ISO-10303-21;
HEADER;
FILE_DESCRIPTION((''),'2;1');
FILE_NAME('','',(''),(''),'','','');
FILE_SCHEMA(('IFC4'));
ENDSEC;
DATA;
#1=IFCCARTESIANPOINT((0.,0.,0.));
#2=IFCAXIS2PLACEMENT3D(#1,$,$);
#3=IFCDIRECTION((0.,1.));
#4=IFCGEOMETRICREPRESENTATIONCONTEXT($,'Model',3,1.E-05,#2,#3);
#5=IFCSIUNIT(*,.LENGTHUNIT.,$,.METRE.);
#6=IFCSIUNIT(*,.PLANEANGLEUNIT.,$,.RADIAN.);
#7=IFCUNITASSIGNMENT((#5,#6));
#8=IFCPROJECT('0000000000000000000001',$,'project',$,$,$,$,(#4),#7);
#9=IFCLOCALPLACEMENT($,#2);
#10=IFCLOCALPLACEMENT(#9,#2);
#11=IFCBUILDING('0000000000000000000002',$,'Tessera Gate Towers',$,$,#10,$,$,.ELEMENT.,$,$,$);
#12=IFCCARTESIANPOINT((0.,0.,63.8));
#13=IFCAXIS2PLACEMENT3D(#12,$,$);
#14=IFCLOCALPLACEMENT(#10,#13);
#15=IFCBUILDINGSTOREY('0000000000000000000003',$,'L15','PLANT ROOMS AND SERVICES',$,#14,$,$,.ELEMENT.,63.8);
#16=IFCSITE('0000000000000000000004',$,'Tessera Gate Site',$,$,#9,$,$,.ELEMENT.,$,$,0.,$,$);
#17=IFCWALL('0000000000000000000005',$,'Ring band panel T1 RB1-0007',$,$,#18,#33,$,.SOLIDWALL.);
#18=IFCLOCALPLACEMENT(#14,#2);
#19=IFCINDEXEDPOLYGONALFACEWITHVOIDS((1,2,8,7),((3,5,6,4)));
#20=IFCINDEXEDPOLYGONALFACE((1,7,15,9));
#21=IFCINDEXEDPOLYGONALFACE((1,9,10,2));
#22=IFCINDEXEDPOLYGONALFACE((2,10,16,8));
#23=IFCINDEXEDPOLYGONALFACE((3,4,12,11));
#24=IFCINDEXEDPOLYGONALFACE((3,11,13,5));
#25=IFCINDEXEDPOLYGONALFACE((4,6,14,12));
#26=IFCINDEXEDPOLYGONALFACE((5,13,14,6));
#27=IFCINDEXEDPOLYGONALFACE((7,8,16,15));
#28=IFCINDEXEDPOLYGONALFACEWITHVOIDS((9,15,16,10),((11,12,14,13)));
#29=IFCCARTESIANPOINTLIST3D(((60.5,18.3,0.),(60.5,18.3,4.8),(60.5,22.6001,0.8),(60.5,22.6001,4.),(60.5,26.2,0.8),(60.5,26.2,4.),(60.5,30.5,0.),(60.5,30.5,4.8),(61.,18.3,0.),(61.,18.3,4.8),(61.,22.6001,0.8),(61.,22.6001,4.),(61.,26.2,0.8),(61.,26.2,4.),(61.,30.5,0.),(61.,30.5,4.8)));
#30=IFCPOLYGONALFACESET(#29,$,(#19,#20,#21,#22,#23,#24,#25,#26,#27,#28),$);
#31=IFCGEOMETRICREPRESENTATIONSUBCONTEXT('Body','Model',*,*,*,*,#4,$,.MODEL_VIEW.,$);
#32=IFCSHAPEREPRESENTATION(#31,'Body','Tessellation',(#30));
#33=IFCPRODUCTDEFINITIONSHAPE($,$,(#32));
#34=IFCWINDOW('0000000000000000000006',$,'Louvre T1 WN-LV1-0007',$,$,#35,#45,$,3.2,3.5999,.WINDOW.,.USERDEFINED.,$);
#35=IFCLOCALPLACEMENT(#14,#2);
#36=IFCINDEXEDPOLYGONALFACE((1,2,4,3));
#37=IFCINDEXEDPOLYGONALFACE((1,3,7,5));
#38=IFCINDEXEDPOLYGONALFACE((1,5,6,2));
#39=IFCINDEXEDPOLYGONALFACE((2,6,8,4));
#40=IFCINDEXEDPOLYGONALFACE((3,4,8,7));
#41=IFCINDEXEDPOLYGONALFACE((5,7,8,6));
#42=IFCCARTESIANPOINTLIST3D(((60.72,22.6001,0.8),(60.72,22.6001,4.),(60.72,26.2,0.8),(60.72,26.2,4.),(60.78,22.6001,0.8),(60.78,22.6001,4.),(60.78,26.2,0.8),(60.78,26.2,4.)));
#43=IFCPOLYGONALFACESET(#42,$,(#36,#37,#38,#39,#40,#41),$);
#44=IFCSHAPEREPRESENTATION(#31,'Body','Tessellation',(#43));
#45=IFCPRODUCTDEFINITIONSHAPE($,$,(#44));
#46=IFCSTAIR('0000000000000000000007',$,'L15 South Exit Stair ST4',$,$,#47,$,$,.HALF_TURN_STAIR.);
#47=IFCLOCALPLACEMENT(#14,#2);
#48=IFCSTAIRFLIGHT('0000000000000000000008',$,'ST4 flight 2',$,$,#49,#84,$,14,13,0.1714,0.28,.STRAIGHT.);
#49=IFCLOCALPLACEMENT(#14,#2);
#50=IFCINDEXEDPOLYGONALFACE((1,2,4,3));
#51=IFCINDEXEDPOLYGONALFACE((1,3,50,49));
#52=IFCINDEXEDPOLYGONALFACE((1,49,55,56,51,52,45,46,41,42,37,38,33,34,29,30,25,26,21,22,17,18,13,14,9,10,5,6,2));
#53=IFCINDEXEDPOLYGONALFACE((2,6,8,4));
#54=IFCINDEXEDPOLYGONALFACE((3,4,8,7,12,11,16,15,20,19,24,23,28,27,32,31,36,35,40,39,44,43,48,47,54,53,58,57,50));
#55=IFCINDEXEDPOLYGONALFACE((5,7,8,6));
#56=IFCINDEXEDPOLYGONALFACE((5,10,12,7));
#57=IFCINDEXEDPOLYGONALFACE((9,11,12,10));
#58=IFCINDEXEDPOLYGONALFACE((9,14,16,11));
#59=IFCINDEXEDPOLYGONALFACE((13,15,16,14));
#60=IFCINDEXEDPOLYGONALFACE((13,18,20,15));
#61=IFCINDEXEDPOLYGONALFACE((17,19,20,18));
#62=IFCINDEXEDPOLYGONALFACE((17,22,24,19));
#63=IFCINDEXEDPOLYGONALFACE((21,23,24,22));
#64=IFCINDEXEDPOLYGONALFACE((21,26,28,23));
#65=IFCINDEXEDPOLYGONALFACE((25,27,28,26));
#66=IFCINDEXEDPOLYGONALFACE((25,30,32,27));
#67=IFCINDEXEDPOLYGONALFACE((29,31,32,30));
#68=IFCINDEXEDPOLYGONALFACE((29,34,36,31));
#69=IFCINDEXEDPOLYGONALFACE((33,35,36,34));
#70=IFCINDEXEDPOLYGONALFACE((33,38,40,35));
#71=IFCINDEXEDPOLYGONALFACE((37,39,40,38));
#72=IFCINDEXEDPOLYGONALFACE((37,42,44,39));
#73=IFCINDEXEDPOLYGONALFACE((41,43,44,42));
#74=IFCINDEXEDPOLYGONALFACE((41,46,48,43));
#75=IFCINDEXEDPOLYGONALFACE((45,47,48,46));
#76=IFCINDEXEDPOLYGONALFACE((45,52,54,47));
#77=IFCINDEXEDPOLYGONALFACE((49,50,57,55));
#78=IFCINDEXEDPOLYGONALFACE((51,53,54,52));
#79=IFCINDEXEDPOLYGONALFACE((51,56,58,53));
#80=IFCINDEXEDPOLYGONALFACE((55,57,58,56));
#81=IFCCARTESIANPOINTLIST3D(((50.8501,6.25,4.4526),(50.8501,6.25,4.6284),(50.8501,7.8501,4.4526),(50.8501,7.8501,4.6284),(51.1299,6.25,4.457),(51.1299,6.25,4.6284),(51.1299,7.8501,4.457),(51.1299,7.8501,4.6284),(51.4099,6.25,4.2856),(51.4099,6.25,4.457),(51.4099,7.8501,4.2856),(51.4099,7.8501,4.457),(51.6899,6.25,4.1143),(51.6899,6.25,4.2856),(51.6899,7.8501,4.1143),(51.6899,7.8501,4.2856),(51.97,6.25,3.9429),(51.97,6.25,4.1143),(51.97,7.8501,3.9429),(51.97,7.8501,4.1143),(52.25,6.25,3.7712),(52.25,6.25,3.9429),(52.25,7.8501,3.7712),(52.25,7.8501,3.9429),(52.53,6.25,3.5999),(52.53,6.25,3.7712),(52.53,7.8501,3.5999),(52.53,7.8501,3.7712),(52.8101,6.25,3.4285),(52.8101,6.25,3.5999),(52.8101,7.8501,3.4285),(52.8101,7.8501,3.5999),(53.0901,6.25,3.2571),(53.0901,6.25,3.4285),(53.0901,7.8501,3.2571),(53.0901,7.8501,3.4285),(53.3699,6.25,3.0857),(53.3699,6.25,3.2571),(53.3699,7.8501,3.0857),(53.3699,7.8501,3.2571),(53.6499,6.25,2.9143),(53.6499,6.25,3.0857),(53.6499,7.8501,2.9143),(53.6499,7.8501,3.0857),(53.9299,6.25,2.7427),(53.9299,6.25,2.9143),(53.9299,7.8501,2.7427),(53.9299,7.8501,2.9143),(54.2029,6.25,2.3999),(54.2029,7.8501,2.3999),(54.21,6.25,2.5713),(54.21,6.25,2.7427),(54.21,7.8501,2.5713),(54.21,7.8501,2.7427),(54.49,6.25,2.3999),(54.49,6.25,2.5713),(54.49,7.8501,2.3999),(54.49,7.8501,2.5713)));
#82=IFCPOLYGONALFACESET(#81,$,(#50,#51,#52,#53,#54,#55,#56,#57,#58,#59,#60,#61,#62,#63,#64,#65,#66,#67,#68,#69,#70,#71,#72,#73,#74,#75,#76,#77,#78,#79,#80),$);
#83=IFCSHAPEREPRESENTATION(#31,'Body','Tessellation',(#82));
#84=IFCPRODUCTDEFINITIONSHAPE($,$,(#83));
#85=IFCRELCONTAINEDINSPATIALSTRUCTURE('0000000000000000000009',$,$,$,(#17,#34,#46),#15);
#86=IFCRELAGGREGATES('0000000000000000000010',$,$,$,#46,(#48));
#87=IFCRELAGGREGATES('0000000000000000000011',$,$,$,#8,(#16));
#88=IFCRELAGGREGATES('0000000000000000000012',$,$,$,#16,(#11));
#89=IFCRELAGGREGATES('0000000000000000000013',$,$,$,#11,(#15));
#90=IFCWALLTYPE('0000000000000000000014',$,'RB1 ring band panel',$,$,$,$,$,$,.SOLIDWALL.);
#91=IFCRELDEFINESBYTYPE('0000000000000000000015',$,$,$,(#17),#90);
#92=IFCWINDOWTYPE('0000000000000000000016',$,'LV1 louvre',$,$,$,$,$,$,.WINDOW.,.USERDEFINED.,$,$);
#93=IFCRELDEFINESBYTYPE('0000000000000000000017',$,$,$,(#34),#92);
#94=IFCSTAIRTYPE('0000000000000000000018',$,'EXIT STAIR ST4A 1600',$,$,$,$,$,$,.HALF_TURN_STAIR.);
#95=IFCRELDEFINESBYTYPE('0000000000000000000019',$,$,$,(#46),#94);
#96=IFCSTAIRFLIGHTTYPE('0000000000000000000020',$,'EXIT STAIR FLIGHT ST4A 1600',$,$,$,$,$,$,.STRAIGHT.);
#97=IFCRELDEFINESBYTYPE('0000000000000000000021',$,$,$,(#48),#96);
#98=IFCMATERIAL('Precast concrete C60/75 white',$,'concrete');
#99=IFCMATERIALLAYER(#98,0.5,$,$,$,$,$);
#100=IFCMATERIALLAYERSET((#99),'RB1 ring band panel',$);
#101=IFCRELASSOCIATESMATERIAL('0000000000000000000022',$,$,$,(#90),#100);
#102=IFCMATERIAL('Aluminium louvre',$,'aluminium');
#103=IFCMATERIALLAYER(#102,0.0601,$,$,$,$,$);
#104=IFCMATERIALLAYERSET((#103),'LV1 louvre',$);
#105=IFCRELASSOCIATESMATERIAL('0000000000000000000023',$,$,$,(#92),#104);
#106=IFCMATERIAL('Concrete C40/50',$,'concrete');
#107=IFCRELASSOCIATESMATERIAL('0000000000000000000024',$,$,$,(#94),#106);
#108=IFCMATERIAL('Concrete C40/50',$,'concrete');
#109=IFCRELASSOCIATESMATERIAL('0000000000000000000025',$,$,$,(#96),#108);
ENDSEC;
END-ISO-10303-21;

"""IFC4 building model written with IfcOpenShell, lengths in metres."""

from ifc_helpers import new_model, si_unit, direction, frame, origin, place, context, subcontext, project, spatial, polyline, outline, extrude, source, transform, mapped, material, layer, layer_set, type_object, element, fill, aggregate, save


model = new_model("IFC4")

# Units and contexts
model_context = context("Model", 3, precision=1e-05, world=origin(), true_north=direction((0.0, 1.0)))
body_context = subcontext(model_context, "Body", "Model", "MODEL_VIEW")
ifc_project = project(units=[si_unit("LENGTHUNIT", "METRE"), si_unit("PLANEANGLEUNIT", "RADIAN")], contexts=[model_context])

# Site, building, storey
site_placement = place(None, origin())
site = spatial("IfcSite", under=ifc_project, at=site_placement, Name="Tessera Gate Site", CompositionType="ELEMENT", RefElevation=0.0)
building_placement = place(site_placement, origin())
building = spatial("IfcBuilding", under=site, at=building_placement, Name="Tessera Gate Towers", CompositionType="ELEMENT")
storey_placement = place(building_placement, frame((0.0, 0.0, 63.8)))
storey = spatial("IfcBuildingStorey", under=building, at=storey_placement, Name="L15", Description="PLANT ROOMS AND SERVICES", CompositionType="ELEMENT", Elevation=63.8)

# Wall, opening, window
ifc_material_1 = material(Name="Precast concrete C60/75 white", Category="concrete")
ifc_layer_1 = layer(ifc_material_1, 0.5)
ifc_layer_set_1 = layer_set([ifc_layer_1], Name="RB1 ring band panel")
wall_type_1 = type_object("IfcWallType", Name="RB1 ring band panel", PredefinedType="SOLIDWALL", material=ifc_layer_set_1)
shared_shape_1 = source(origin(), body_context, "Body", "SweptSolid", [
    extrude(outline(polyline([(0.0, 0.0), (12.2, 0.0), (12.2, 4.8), (0.0, 4.8), (0.0, 0.0)])), frame((0.0, 0.25, 0.0), z_axis=(0.0, -1.0, 0.0), x_axis=(1.0, 0.0, 0.0)), (0.0, 0.0, 1.0), 0.5),
])
wall_1_placement = place(storey_placement, frame((60.75, 18.3, 0.0), z_axis=(0.0, 0.0, 1.0), x_axis=(0.0, 1.0, 0.0)))
wall_1 = element("IfcWall", 1, at=wall_1_placement, inside=storey, type_object=wall_type_1, Name="Ring band panel T1 RB1-0007", PredefinedType="SOLIDWALL", context=body_context, shape_type="MappedRepresentation", body=[
    mapped(shared_shape_1, transform((0.0, 0.0, 0.0), scale=1.0)),
])
shared_shape_2 = source(origin(), body_context, "Body", "SweptSolid", [
    extrude(outline(polyline([(4.3, 0.8), (7.8999, 0.8), (7.8999, 4.0), (4.3, 4.0), (4.3, 0.8)])), frame((0.0, 0.26, 0.0), z_axis=(0.0, -1.0, 0.0), x_axis=(1.0, 0.0, 0.0)), (0.0, 0.0, 1.0), 0.52),
])
opening_1_placement = place(wall_1_placement, origin())
opening_1 = element("IfcOpeningElement", 2, at=opening_1_placement, cuts=wall_1, PredefinedType="OPENING", context=body_context, shape_type="MappedRepresentation", body=[
    mapped(shared_shape_2, transform((0.0, 0.0, 0.0), scale=1.0)),
])
ifc_material_2 = material(Name="Aluminium louvre", Category="aluminium")
ifc_layer_2 = layer(ifc_material_2, 0.0601)
ifc_layer_set_2 = layer_set([ifc_layer_2], Name="LV1 louvre")
window_type = type_object("IfcWindowType", Name="LV1 louvre", PartitioningType="USERDEFINED", PredefinedType="WINDOW", material=ifc_layer_set_2)
shared_shape_3 = source(origin(), body_context, "Body", "SweptSolid", [
    extrude(outline(polyline([(4.3, 0.8), (7.8999, 0.8), (7.8999, 4.0), (4.3, 4.0), (4.3, 0.8)])), frame((0.0, 0.03, 0.0), z_axis=(0.0, -1.0, 0.0), x_axis=(1.0, 0.0, 0.0)), (0.0, 0.0, 1.0), 0.0601),
])
window_placement = place(opening_1_placement, origin())
window = element("IfcWindow", 3, at=window_placement, inside=storey, type_object=window_type, Name="Louvre T1 WN-LV1-0007", OverallHeight=3.2, OverallWidth=3.5999, PartitioningType="USERDEFINED", PredefinedType="WINDOW", context=body_context, shape_type="MappedRepresentation", body=[
    mapped(shared_shape_3, transform((0.0, 0.0, 0.0), scale=1.0)),
])
fill(opening_1, window)

# Stair, stair flight
ifc_material_3 = material(Name="Concrete C40/50", Category="concrete")
stair_type = type_object("IfcStairType", Name="EXIT STAIR ST4A 1600", PredefinedType="HALF_TURN_STAIR", material=ifc_material_3)
stair_placement = place(storey_placement, origin())
stair = element("IfcStair", 4, at=stair_placement, inside=storey, type_object=stair_type, Name="L15 South Exit Stair ST4", PredefinedType="HALF_TURN_STAIR")
ifc_material_4 = material(Name="Concrete C40/50", Category="concrete")
stair_flight_type = type_object("IfcStairFlightType", Name="EXIT STAIR FLIGHT ST4A 1600", PredefinedType="STRAIGHT", material=ifc_material_4)
stair_flight_placement = place(storey_placement, frame((54.49, 7.05, 2.3999), z_axis=(0.0, 0.0, 1.0), x_axis=(-1.0, 0.0, 0.0)))
stair_flight = element("IfcStairFlight", 5, at=stair_flight_placement, type_object=stair_flight_type, Name="ST4 flight 2", NumberOfRisers=14, NumberOfTreads=13, PredefinedType="STRAIGHT", RiserHeight=0.1714, TreadLength=0.28, context=body_context, shape_type="SweptSolid", body=[
    extrude(outline(polyline([(0.0, 0.0), (0.0, 0.1714), (0.28, 0.1714), (0.28, 0.3428), (0.5601, 0.3428), (0.5601, 0.5144), (0.8401, 0.5144), (0.8401, 0.6858), (1.1201, 0.6858), (1.1201, 0.8572), (1.3999, 0.8572), (1.3999, 1.0286), (1.6799, 1.0286), (1.6799, 1.2), (1.96, 1.2), (1.96, 1.3713), (2.24, 1.3713), (2.24, 1.543), (2.52, 1.543), (2.52, 1.7144), (2.8, 1.7144), (2.8, 1.8857), (3.0801, 1.8857), (3.0801, 2.0571), (3.3601, 2.0571), (3.3601, 2.2285), (3.6399, 2.2285), (3.6399, 2.3999), (3.6399, 2.0527), (0.2871, 0.0), (0.0, 0.0)])), frame((0.0, 0.8, 0.0), z_axis=(0.0, -1.0, 0.0), x_axis=(1.0, 0.0, 0.0)), (0.0, 0.0, 1.0), 1.6001),
])
aggregate(stair, [stair_flight])

save(model, "model.ifc")
